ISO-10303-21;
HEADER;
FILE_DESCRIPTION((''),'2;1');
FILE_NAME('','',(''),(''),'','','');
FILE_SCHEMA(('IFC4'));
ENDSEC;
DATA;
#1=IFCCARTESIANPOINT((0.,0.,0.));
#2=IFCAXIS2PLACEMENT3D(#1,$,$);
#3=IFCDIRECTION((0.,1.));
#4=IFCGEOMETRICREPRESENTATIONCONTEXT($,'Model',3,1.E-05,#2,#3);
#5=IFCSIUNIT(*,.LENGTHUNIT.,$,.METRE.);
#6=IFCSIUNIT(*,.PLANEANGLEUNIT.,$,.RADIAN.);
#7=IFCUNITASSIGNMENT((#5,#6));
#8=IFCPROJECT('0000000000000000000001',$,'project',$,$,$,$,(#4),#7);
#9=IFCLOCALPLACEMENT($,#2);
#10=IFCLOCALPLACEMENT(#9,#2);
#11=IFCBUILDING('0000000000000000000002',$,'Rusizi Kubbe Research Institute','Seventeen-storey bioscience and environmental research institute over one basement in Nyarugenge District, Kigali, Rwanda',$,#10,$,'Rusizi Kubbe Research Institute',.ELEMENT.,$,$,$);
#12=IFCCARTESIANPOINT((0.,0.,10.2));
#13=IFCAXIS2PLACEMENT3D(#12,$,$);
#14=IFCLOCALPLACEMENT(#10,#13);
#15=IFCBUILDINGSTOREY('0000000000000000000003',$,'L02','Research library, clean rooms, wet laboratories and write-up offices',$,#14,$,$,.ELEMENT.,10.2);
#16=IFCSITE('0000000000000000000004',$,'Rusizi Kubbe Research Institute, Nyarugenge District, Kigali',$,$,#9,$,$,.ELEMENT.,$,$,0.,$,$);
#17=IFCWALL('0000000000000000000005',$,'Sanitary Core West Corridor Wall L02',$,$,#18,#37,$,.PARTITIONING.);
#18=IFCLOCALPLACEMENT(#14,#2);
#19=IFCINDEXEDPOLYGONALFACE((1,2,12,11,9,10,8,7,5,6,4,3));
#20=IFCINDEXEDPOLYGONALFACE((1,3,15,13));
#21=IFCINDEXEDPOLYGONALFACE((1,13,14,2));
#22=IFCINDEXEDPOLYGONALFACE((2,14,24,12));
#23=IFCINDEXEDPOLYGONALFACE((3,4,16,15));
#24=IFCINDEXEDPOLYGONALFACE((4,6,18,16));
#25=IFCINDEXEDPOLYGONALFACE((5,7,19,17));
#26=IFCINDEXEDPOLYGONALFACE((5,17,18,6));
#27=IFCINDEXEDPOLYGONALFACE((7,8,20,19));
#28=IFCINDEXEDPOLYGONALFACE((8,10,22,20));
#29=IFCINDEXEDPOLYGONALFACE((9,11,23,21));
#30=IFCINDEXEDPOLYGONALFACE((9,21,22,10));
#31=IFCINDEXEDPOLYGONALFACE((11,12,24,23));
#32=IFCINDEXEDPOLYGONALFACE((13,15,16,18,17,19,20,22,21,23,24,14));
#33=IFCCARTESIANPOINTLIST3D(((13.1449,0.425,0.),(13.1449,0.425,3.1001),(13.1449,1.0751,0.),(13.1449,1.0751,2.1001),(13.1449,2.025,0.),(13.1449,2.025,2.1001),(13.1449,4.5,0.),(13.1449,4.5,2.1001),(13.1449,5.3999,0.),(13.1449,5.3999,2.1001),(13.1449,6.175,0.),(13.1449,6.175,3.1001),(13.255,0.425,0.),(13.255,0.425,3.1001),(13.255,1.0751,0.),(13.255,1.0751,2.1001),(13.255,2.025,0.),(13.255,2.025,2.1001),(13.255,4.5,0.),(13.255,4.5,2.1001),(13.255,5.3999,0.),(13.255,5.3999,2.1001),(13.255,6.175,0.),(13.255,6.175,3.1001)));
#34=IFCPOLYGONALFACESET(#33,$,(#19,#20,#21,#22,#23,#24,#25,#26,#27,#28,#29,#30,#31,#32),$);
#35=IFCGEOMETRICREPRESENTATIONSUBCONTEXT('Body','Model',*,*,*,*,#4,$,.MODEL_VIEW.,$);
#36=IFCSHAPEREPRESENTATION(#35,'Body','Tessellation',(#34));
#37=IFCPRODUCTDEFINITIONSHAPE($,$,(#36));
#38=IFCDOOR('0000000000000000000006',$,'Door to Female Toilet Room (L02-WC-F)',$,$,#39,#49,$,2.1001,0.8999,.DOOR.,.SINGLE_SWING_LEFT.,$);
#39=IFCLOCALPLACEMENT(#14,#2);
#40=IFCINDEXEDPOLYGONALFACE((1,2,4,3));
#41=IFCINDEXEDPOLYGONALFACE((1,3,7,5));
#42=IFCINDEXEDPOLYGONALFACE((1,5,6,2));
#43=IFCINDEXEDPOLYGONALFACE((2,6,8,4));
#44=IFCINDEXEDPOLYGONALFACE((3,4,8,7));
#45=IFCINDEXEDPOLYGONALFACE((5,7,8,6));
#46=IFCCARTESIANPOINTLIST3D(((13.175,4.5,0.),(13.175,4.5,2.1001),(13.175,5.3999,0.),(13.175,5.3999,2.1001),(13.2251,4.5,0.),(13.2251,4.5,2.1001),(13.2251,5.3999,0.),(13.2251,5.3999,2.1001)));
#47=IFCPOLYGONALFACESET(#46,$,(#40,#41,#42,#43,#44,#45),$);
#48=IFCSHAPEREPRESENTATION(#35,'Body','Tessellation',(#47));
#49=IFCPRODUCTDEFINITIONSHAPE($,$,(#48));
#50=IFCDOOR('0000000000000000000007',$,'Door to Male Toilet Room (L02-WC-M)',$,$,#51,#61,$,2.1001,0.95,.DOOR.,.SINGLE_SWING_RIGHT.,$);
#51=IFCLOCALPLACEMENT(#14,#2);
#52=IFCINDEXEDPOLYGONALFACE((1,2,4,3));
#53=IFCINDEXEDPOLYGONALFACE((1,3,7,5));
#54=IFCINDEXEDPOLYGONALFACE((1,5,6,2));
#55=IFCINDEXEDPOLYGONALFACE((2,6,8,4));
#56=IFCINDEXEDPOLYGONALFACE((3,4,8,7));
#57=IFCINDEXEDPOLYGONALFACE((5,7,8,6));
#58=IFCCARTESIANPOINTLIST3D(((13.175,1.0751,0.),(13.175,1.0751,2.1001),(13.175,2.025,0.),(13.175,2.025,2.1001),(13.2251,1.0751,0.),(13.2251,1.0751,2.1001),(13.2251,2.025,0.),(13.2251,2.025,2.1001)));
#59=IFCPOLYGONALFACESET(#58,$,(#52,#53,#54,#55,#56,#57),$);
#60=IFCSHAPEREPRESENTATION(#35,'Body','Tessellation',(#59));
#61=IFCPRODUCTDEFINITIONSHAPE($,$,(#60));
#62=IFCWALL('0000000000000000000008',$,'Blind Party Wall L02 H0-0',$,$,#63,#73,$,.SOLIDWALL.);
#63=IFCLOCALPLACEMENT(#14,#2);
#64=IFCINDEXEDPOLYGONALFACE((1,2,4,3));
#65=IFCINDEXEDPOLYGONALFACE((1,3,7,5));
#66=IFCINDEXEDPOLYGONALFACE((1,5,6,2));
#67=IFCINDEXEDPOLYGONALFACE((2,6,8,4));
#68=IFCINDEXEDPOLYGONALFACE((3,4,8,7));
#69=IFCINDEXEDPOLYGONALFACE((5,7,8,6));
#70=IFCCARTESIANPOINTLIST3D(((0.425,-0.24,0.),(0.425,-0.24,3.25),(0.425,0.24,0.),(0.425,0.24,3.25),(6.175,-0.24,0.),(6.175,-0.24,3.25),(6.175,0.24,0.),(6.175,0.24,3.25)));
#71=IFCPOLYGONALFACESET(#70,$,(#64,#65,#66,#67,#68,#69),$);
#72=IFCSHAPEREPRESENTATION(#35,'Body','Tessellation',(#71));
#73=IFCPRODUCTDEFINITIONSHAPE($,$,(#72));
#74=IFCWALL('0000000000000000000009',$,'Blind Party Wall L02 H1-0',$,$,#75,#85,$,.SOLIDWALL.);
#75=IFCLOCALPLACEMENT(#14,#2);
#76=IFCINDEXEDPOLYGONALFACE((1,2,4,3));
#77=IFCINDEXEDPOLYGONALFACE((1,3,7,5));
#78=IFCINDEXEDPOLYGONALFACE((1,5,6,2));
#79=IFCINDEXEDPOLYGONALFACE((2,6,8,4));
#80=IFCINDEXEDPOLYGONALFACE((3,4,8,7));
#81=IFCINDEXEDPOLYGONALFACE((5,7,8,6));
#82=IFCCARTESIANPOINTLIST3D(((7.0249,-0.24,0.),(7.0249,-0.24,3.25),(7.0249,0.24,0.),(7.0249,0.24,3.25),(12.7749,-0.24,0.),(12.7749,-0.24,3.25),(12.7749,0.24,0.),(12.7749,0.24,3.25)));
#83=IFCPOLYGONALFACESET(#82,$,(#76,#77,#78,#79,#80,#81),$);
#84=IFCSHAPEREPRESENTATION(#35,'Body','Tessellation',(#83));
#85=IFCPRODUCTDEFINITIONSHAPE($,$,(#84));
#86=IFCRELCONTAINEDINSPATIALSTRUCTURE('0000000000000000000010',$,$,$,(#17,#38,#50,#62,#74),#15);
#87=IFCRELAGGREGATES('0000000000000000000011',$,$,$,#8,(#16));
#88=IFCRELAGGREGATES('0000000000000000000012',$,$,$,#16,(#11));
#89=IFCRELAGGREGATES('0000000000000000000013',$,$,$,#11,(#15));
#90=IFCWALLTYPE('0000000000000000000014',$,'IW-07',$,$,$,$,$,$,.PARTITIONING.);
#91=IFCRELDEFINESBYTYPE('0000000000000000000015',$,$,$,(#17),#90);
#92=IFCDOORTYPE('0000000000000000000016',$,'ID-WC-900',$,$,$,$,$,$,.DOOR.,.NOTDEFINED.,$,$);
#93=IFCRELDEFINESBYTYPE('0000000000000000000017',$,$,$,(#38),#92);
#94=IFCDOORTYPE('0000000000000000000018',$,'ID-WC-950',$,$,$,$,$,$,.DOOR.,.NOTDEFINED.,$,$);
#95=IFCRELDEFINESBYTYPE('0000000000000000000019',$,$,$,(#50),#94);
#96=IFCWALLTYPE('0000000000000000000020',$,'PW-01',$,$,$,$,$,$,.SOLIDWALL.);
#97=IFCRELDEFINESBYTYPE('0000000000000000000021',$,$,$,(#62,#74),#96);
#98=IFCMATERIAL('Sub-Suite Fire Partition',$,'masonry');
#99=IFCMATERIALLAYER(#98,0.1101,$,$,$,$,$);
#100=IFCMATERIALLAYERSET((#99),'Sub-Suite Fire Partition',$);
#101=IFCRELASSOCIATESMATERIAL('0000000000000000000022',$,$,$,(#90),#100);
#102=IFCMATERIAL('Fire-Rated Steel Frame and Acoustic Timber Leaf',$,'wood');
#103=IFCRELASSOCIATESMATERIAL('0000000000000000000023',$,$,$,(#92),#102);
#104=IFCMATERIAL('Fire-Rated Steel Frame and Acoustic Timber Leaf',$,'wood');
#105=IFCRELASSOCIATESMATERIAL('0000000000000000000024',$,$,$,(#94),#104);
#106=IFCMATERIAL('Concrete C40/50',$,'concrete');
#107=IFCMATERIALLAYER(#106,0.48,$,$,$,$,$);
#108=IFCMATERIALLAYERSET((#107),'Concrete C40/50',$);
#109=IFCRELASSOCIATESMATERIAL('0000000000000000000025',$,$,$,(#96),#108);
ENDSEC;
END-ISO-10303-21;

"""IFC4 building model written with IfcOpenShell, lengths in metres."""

from ifc_helpers import new_model, si_unit, direction, frame, frame_2d, origin, place, context, subcontext, project, spatial, rectangle, extrude, material, layer, layer_set, type_object, element, fill, save


model = new_model("IFC4")

# Units and contexts
model_context = context("Model", 3, precision=1e-05, world=origin(), true_north=direction((0.0, 1.0)))
body_context = subcontext(model_context, "Body", "Model", "MODEL_VIEW")
ifc_project = project(units=[si_unit("LENGTHUNIT", "METRE"), si_unit("PLANEANGLEUNIT", "RADIAN")], contexts=[model_context])

# Site, building, storey
site_placement = place(None, origin())
site = spatial("IfcSite", under=ifc_project, at=site_placement, Name="Rusizi Kubbe Research Institute, Nyarugenge District, Kigali", CompositionType="ELEMENT", RefElevation=0.0)
building_placement = place(site_placement, origin())
building = spatial("IfcBuilding", under=site, at=building_placement, Name="Rusizi Kubbe Research Institute", Description="Seventeen-storey bioscience and environmental research institute over one basement in Nyarugenge District, Kigali, Rwanda", LongName="Rusizi Kubbe Research Institute", CompositionType="ELEMENT")
storey_placement = place(building_placement, frame((0.0, 0.0, 10.2)))
storey = spatial("IfcBuildingStorey", under=building, at=storey_placement, Name="L02", Description="Research library, clean rooms, wet laboratories and write-up offices", CompositionType="ELEMENT", Elevation=10.2)

# Wall, openings, doors
ifc_material_1 = material(Name="Sub-Suite Fire Partition", Category="masonry")
ifc_layer_1 = layer(ifc_material_1, 0.1101)
ifc_layer_set_1 = layer_set([ifc_layer_1], Name="Sub-Suite Fire Partition")
wall_type_1 = type_object("IfcWallType", Name="IW-07", PredefinedType="PARTITIONING", material=ifc_layer_set_1)
wall_1_placement = place(storey_placement, frame((13.2, 0.425, 0.0), z_axis=(0.0, 0.0, 1.0), x_axis=(0.0, 1.0, 0.0)))
wall_1 = element("IfcWall", 1, at=wall_1_placement, inside=storey, type_object=wall_type_1, Name="Sanitary Core West Corridor Wall L02", PredefinedType="PARTITIONING", context=body_context, shape_type="SweptSolid", body=[
    extrude(rectangle(XDim=5.75, YDim=0.1101, at=frame_2d((2.875, 0.0))), origin(), (0.0, 0.0, 1.0), 3.1001),
])
opening_1_placement = place(wall_1_placement, frame((0.6499, 0.0, 0.0)))
opening_1 = element("IfcOpeningElement", 2, at=opening_1_placement, cuts=wall_1, PredefinedType="OPENING", context=body_context, shape_type="SweptSolid", body=[
    extrude(rectangle(XDim=0.95, YDim=2.1001, at=frame_2d((0.4751, 1.05))), frame((0.0, 0.0649, 0.0), z_axis=(0.0, -1.0, 0.0), x_axis=(1.0, 0.0, 0.0)), (0.0, 0.0, 1.0), 0.1301),
])
opening_2_placement = place(wall_1_placement, frame((4.075, 0.0, 0.0)))
opening_2 = element("IfcOpeningElement", 3, at=opening_2_placement, cuts=wall_1, PredefinedType="OPENING", context=body_context, shape_type="SweptSolid", body=[
    extrude(rectangle(XDim=0.8999, YDim=2.1001, at=frame_2d((0.45, 1.05))), frame((0.0, 0.0649, 0.0), z_axis=(0.0, -1.0, 0.0), x_axis=(1.0, 0.0, 0.0)), (0.0, 0.0, 1.0), 0.1301),
])
ifc_material_2 = material(Name="Fire-Rated Steel Frame and Acoustic Timber Leaf", Category="wood")
door_type_1 = type_object("IfcDoorType", Name="ID-WC-900", OperationType="NOTDEFINED", PredefinedType="DOOR", material=ifc_material_2)
door_1_placement = place(opening_2_placement, origin())
door_1 = element("IfcDoor", 4, at=door_1_placement, inside=storey, type_object=door_type_1, Name="Door to Female Toilet Room (L02-WC-F)", OperationType="SINGLE_SWING_LEFT", OverallHeight=2.1001, OverallWidth=0.8999, PredefinedType="DOOR", context=body_context, shape_type="SweptSolid", body=[
    extrude(rectangle(XDim=0.8999, YDim=2.1001, at=frame_2d((0.45, 1.05))), frame((0.0, 0.0249, 0.0), z_axis=(0.0, -1.0, 0.0), x_axis=(1.0, 0.0, 0.0)), (0.0, 0.0, 1.0), 0.05),
])
fill(opening_2, door_1)
ifc_material_3 = material(Name="Fire-Rated Steel Frame and Acoustic Timber Leaf", Category="wood")
door_type_2 = type_object("IfcDoorType", Name="ID-WC-950", OperationType="NOTDEFINED", PredefinedType="DOOR", material=ifc_material_3)
door_2_placement = place(opening_1_placement, origin())
door_2 = element("IfcDoor", 5, at=door_2_placement, inside=storey, type_object=door_type_2, Name="Door to Male Toilet Room (L02-WC-M)", OperationType="SINGLE_SWING_RIGHT", OverallHeight=2.1001, OverallWidth=0.95, PredefinedType="DOOR", context=body_context, shape_type="SweptSolid", body=[
    extrude(rectangle(XDim=0.95, YDim=2.1001, at=frame_2d((0.4751, 1.05))), frame((0.0, 0.0249, 0.0), z_axis=(0.0, -1.0, 0.0), x_axis=(1.0, 0.0, 0.0)), (0.0, 0.0, 1.0), 0.05),
])
fill(opening_1, door_2)

# Walls
ifc_material_4 = material(Name="Concrete C40/50", Category="concrete")
ifc_layer_2 = layer(ifc_material_4, 0.48)
ifc_layer_set_2 = layer_set([ifc_layer_2], Name="Concrete C40/50")
wall_type_2 = type_object("IfcWallType", Name="PW-01", PredefinedType="SOLIDWALL", material=ifc_layer_set_2)
for number, where, z_axis, x_axis, name in (
    (6, (0.425, 0.0, 0.0), (0.0, 0.0, 1.0), (1.0, 0.0, 0.0), "Blind Party Wall L02 H0-0"),
    (7, (7.0249, 0.0, 0.0), (0.0, 0.0, 1.0), (1.0, 0.0, 0.0), "Blind Party Wall L02 H1-0"),
):
    element("IfcWall", number, at=place(storey_placement, frame(where, z_axis=z_axis, x_axis=x_axis)), inside=storey, type_object=wall_type_2, Name=name, PredefinedType="SOLIDWALL", context=body_context, shape_type="SweptSolid", body=[
        extrude(rectangle(XDim=5.75, YDim=0.48, at=frame_2d((2.875, 0.0))), origin(), (0.0, 0.0, 1.0), 3.25),
    ])

save(model, "model.ifc")
